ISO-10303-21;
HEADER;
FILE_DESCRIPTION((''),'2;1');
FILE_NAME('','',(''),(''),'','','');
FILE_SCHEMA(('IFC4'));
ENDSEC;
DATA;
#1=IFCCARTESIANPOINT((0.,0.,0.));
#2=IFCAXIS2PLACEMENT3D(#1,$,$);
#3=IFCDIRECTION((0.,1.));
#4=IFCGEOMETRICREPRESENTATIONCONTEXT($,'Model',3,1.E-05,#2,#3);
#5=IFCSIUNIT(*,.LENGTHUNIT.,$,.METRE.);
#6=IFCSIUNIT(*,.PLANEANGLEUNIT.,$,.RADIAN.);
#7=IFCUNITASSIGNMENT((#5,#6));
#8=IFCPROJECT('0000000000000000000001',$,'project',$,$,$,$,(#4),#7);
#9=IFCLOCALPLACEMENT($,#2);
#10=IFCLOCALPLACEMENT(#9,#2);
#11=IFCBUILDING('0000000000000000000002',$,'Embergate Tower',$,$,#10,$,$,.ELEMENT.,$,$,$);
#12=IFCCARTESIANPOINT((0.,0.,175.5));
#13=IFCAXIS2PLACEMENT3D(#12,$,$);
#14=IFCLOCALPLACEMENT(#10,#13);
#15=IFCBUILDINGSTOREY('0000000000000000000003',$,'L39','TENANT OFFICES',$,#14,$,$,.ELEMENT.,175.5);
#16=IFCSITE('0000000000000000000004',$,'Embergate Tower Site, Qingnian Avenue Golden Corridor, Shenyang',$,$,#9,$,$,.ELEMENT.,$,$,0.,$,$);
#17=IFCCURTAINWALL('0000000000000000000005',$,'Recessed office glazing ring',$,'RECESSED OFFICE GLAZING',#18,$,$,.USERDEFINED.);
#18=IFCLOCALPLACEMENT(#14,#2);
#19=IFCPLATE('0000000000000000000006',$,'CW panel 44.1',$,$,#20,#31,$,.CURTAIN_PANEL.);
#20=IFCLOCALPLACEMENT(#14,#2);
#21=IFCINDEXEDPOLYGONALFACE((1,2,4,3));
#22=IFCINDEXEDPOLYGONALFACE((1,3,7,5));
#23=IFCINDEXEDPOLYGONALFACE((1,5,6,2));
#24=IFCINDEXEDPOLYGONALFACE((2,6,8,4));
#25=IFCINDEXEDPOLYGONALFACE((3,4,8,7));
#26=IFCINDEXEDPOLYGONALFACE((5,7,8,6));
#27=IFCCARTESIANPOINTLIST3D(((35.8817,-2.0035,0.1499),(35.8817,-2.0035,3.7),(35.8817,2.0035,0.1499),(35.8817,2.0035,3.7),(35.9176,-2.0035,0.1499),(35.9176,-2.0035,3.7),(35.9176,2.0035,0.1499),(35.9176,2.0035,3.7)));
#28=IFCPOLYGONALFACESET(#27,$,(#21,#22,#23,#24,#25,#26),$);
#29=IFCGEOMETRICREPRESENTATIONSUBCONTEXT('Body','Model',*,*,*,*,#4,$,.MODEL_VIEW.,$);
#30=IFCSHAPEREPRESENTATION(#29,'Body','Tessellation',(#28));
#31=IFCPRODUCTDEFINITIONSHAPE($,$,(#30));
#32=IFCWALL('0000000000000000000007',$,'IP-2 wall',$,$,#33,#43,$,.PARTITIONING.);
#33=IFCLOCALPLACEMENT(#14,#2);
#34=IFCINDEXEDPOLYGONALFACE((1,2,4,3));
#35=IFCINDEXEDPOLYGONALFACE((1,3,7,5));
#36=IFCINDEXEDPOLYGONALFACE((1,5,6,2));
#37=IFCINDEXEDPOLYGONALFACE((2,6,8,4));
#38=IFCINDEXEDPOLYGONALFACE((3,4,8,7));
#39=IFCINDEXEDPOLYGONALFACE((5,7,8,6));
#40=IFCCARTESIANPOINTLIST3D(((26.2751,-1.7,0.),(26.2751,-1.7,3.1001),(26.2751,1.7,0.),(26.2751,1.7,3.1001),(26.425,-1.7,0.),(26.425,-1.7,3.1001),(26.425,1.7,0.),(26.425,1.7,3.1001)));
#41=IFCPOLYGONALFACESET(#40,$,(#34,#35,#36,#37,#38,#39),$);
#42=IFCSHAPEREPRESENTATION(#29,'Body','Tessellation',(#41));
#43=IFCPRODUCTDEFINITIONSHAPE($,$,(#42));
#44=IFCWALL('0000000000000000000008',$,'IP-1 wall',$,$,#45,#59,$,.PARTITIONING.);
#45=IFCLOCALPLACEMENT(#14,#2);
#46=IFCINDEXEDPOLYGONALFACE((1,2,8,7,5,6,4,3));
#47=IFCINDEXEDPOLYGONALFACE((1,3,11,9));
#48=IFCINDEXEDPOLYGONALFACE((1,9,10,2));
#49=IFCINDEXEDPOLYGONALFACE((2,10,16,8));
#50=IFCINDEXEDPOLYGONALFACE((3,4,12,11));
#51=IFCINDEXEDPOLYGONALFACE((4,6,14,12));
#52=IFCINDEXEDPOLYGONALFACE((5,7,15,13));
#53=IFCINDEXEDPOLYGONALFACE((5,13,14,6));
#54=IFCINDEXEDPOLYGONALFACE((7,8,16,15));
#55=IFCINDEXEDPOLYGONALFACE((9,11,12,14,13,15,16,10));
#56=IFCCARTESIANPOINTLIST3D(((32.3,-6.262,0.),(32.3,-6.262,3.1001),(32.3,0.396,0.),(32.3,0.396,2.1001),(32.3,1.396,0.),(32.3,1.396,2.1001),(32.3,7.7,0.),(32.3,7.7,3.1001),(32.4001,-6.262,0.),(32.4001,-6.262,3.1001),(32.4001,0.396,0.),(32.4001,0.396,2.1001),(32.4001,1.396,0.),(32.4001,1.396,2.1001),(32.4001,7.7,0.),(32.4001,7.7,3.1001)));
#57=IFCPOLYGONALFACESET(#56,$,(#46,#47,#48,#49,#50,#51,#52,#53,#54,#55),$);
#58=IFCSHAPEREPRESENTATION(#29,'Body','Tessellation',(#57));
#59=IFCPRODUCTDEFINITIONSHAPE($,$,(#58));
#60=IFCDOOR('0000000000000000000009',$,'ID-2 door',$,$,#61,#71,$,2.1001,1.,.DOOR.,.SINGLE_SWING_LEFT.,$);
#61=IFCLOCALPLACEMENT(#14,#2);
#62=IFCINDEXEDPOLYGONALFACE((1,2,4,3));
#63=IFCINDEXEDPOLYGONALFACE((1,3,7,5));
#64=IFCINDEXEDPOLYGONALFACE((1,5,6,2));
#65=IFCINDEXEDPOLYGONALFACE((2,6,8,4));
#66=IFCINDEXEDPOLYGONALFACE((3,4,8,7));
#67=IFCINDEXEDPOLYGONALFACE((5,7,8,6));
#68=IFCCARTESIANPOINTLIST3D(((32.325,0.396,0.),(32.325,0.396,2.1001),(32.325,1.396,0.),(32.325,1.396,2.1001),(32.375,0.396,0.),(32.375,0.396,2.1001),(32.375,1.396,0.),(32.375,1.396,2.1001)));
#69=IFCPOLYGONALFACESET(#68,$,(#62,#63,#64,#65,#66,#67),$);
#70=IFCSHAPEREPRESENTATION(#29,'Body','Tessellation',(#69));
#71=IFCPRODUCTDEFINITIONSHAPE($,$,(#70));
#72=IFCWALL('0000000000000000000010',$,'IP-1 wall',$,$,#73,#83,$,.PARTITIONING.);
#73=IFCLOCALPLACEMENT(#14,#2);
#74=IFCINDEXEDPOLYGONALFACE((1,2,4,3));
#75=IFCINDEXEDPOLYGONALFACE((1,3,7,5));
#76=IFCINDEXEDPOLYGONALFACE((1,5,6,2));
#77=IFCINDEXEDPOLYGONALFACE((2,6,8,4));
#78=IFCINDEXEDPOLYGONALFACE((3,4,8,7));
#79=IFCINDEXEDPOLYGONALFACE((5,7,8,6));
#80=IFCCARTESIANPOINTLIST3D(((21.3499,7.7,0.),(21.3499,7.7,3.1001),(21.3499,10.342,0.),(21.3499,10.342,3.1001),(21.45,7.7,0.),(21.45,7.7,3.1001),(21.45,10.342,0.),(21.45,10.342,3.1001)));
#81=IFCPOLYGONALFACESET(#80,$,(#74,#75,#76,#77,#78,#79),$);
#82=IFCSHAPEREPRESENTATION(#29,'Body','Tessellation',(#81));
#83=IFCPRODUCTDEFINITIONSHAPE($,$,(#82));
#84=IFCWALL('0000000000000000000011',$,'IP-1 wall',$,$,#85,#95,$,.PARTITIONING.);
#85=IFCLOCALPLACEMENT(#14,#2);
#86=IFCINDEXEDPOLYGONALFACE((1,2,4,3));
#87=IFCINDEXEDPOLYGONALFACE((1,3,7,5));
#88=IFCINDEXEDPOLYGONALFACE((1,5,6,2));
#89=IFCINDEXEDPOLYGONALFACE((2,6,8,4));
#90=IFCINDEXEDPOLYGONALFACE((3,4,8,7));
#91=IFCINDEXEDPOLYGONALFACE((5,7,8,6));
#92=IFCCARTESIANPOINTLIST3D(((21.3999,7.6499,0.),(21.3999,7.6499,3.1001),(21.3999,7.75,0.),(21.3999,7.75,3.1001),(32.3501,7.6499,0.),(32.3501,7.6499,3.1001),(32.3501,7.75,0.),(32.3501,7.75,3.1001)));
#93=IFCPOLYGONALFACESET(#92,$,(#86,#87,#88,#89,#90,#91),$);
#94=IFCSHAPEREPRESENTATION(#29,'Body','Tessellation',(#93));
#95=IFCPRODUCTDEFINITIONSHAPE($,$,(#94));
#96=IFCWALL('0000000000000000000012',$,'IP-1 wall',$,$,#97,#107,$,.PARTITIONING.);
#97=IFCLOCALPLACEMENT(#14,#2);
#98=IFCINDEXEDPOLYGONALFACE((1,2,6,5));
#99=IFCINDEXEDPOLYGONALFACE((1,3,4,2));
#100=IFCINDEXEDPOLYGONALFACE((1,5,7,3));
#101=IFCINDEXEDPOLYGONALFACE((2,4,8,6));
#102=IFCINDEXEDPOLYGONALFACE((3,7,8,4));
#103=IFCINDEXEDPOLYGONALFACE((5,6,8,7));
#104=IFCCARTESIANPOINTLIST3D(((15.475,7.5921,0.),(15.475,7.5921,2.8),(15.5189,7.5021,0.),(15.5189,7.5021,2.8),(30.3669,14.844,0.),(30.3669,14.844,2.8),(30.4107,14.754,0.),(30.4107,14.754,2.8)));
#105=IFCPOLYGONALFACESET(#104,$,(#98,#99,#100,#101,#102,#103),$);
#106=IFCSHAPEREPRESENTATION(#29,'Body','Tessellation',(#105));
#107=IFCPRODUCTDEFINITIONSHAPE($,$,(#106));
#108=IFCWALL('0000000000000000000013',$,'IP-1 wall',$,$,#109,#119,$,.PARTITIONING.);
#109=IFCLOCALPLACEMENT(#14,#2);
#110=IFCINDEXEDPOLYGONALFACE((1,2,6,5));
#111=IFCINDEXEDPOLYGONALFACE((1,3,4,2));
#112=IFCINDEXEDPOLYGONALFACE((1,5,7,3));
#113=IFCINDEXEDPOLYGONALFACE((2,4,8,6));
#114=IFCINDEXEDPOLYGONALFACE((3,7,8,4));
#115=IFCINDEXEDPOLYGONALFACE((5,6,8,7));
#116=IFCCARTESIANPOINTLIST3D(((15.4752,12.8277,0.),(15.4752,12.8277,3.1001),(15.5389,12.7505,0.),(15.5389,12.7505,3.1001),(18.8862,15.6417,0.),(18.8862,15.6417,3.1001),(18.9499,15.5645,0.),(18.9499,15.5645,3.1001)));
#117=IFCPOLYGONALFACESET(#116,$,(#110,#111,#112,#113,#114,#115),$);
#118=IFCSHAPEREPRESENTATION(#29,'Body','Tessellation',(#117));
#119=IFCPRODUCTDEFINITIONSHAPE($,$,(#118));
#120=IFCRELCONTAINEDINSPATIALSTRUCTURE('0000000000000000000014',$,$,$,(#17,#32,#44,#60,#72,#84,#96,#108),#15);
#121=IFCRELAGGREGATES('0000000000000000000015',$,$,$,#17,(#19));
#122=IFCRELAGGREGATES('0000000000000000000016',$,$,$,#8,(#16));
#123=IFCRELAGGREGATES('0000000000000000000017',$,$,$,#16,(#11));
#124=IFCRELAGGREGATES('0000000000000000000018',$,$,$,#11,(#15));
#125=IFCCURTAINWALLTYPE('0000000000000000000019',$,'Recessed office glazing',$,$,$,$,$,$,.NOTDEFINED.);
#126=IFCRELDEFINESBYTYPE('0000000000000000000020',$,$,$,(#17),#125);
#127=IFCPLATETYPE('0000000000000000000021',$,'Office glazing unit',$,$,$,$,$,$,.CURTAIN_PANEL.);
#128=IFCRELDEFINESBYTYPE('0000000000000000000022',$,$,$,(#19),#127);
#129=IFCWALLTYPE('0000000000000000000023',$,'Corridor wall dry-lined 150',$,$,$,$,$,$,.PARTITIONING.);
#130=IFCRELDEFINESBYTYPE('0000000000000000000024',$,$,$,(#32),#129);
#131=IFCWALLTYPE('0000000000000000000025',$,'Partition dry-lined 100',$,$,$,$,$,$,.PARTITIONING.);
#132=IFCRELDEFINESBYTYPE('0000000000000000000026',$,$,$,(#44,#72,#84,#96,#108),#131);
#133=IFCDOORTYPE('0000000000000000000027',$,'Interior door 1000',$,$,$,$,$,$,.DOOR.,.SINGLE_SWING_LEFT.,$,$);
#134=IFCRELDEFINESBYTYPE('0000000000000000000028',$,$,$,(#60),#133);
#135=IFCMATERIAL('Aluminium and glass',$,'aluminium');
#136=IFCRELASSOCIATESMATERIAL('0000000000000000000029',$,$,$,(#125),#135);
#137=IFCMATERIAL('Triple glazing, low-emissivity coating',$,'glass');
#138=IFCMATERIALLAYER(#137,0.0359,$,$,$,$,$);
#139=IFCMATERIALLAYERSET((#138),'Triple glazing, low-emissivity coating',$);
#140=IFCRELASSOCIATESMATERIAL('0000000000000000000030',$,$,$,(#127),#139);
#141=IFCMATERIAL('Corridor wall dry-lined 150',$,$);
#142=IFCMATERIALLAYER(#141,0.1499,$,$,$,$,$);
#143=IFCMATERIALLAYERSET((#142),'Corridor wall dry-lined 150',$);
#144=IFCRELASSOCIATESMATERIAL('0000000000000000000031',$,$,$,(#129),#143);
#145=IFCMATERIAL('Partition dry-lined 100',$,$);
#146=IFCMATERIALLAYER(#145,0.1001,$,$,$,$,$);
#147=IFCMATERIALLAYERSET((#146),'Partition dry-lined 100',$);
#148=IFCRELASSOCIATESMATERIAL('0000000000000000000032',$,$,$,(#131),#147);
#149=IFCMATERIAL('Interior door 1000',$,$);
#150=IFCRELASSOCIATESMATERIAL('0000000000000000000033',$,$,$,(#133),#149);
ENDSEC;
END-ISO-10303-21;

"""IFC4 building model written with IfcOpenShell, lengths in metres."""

from ifc_helpers import new_model, si_unit, direction, frame, frame_2d, origin, origin_2d, place, context, subcontext, project, spatial, rectangle, extrude, source, transform, mapped, material, layer, layer_set, type_object, element, fill, aggregate, save


model = new_model("IFC4")

# Units and contexts
model_context = context("Model", 3, precision=1e-05, world=origin(), true_north=direction((0.0, 1.0)))
body_context = subcontext(model_context, "Body", "Model", "MODEL_VIEW")
ifc_project = project(units=[si_unit("LENGTHUNIT", "METRE"), si_unit("PLANEANGLEUNIT", "RADIAN")], contexts=[model_context])

# Site, building, storey
site_placement = place(None, origin())
site = spatial("IfcSite", under=ifc_project, at=site_placement, Name="Embergate Tower Site, Qingnian Avenue Golden Corridor, Shenyang", CompositionType="ELEMENT", RefElevation=0.0)
building_placement = place(site_placement, origin())
building = spatial("IfcBuilding", under=site, at=building_placement, Name="Embergate Tower", CompositionType="ELEMENT")
storey_placement = place(building_placement, frame((0.0, 0.0, 175.5)))
storey = spatial("IfcBuildingStorey", under=building, at=storey_placement, Name="L39", Description="TENANT OFFICES", CompositionType="ELEMENT", Elevation=175.5)

# Curtain wall, plate
ifc_material_1 = material(Name="Aluminium and glass", Category="aluminium")
curtain_wall_type = type_object("IfcCurtainWallType", Name="Recessed office glazing", PredefinedType="NOTDEFINED", material=ifc_material_1)
curtain_wall_placement = place(storey_placement, origin())
curtain_wall = element("IfcCurtainWall", 1, at=curtain_wall_placement, inside=storey, type_object=curtain_wall_type, Name="Recessed office glazing ring", ObjectType="RECESSED OFFICE GLAZING", PredefinedType="USERDEFINED")
ifc_material_2 = material(Name="Triple glazing, low-emissivity coating", Category="glass")
ifc_layer_1 = layer(ifc_material_2, 0.0359)
ifc_layer_set_1 = layer_set([ifc_layer_1], Name="Triple glazing, low-emissivity coating")
plate_type = type_object("IfcPlateType", Name="Office glazing unit", PredefinedType="CURTAIN_PANEL", material=ifc_layer_set_1)
shared_shape_1 = source(origin(), body_context, "Body", "SweptSolid", [
    extrude(rectangle(XDim=4.0071, YDim=0.0359, at=origin_2d()), origin(), (0.0, 0.0, 1.0), 3.55),
])
plate_1_placement = place(storey_placement, frame((35.8997, 0.0, 0.1499), z_axis=(0.0, 0.0, 1.0), x_axis=(0.0, 1.0, 0.0)))
plate_1 = element("IfcPlate", 2, at=plate_1_placement, type_object=plate_type, Name="CW panel 44.1", PredefinedType="CURTAIN_PANEL", context=body_context, shape_type="MappedRepresentation", body=[
    mapped(shared_shape_1, transform((0.0, 0.0, 0.0))),
])
aggregate(curtain_wall, [plate_1])

# Wall
ifc_material_3 = material(Name="Corridor wall dry-lined 150")
ifc_layer_2 = layer(ifc_material_3, 0.1499)
ifc_layer_set_2 = layer_set([ifc_layer_2], Name="Corridor wall dry-lined 150")
wall_type_1 = type_object("IfcWallType", Name="Corridor wall dry-lined 150", PredefinedType="PARTITIONING", material=ifc_layer_set_2)
shared_shape_2 = source(origin(), body_context, "Body", "SweptSolid", [
    extrude(rectangle(XDim=3.3999, YDim=0.1499, at=frame_2d((1.7, 0.0))), origin(), (0.0, 0.0, 1.0), 3.1001),
])
wall_1_placement = place(storey_placement, frame((26.3501, 1.7, 0.0), z_axis=(0.0, 0.0, 1.0), x_axis=(0.0, -1.0, 0.0)))
element("IfcWall", 3, at=wall_1_placement, inside=storey, type_object=wall_type_1, Name="IP-2 wall", PredefinedType="PARTITIONING", context=body_context, shape_type="MappedRepresentation", body=[
    mapped(shared_shape_2, transform((0.0, 0.0, 0.0))),
])

# Wall, opening, door
ifc_material_4 = material(Name="Partition dry-lined 100")
ifc_layer_3 = layer(ifc_material_4, 0.1001)
ifc_layer_set_3 = layer_set([ifc_layer_3], Name="Partition dry-lined 100")
wall_type_2 = type_object("IfcWallType", Name="Partition dry-lined 100", PredefinedType="PARTITIONING", material=ifc_layer_set_3)
shared_shape_3 = source(origin(), body_context, "Body", "SweptSolid", [
    extrude(rectangle(XDim=13.9619, YDim=0.1001, at=frame_2d((6.981, 0.0))), origin(), (0.0, 0.0, 1.0), 3.1001),
])
wall_2_placement = place(storey_placement, frame((32.3501, 7.7, 0.0), z_axis=(0.0, 0.0, 1.0), x_axis=(0.0, -1.0, 0.0)))
wall_2 = element("IfcWall", 4, at=wall_2_placement, inside=storey, type_object=wall_type_2, Name="IP-1 wall", PredefinedType="PARTITIONING", context=body_context, shape_type="MappedRepresentation", body=[
    mapped(shared_shape_3, transform((0.0, 0.0, 0.0))),
])
shared_shape_4 = source(origin(), body_context, "Body", "SweptSolid", [
    extrude(rectangle(XDim=1.0, YDim=2.1001, at=frame_2d((0.5, 1.05))), frame((0.0, 0.0601, 0.0), z_axis=(0.0, -1.0, 0.0), x_axis=(1.0, 0.0, 0.0)), (0.0, 0.0, 1.0), 0.1201),
])
opening_placement = place(wall_2_placement, frame((6.304, 0.0, 0.0)))
opening = element("IfcOpeningElement", 5, at=opening_placement, cuts=wall_2, PredefinedType="OPENING", context=body_context, shape_type="MappedRepresentation", body=[
    mapped(shared_shape_4, transform((0.0, 0.0, 0.0))),
])
ifc_material_5 = material(Name="Interior door 1000")
door_type = type_object("IfcDoorType", Name="Interior door 1000", OperationType="SINGLE_SWING_LEFT", PredefinedType="DOOR", material=ifc_material_5)
shared_shape_5 = source(origin(), body_context, "Body", "SweptSolid", [
    extrude(rectangle(XDim=1.0, YDim=2.1001, at=frame_2d((0.5, 1.05))), frame((0.0, 0.0249, 0.0), z_axis=(0.0, -1.0, 0.0), x_axis=(1.0, 0.0, 0.0)), (0.0, 0.0, 1.0), 0.05),
])
door_placement = place(opening_placement, origin())
door = element("IfcDoor", 6, at=door_placement, inside=storey, type_object=door_type, Name="ID-2 door", OperationType="SINGLE_SWING_LEFT", OverallHeight=2.1001, OverallWidth=1.0, PredefinedType="DOOR", context=body_context, shape_type="MappedRepresentation", body=[
    mapped(shared_shape_5, transform((0.0, 0.0, 0.0))),
])
fill(opening, door)

# Walls
shared_shape_6 = source(origin(), body_context, "Body", "SweptSolid", [
    extrude(rectangle(XDim=2.6421, YDim=0.1001, at=frame_2d((1.321, 0.0))), origin(), (0.0, 0.0, 1.0), 3.1001),
])
wall_3_placement = place(storey_placement, frame((21.3999, 10.342, 0.0), z_axis=(0.0, 0.0, 1.0), x_axis=(0.0, -1.0, 0.0)))
element("IfcWall", 7, at=wall_3_placement, inside=storey, type_object=wall_type_2, Name="IP-1 wall", PredefinedType="PARTITIONING", context=body_context, shape_type="MappedRepresentation", body=[
    mapped(shared_shape_6, transform((0.0, 0.0, 0.0))),
])
shared_shape_7 = source(origin(), body_context, "Body", "SweptSolid", [
    extrude(rectangle(XDim=10.9502, YDim=0.1001, at=frame_2d((5.4751, 0.0))), origin(), (0.0, 0.0, 1.0), 3.1001),
])
wall_4_placement = place(storey_placement, frame((21.3999, 7.7, 0.0), z_axis=(0.0, 0.0, 1.0), x_axis=(1.0, 0.0, 0.0)))
element("IfcWall", 8, at=wall_4_placement, inside=storey, type_object=wall_type_2, Name="IP-1 wall", PredefinedType="PARTITIONING", context=body_context, shape_type="MappedRepresentation", body=[
    mapped(shared_shape_7, transform((0.0, 0.0, 0.0))),
])
shared_shape_8 = source(origin(), body_context, "Body", "SweptSolid", [
    extrude(rectangle(XDim=16.5637, YDim=0.1001, at=frame_2d((8.2817, 0.0))), origin(), (0.0, 0.0, 1.0), 2.8),
])
wall_5_placement = place(storey_placement, frame((15.4971, 7.5471, 0.0), z_axis=(0.0, 0.0, 1.0), x_axis=(0.899062, 0.437821, 0.0)))
element("IfcWall", 9, at=wall_5_placement, inside=storey, type_object=wall_type_2, Name="IP-1 wall", PredefinedType="PARTITIONING", context=body_context, shape_type="MappedRepresentation", body=[
    mapped(shared_shape_8, transform((0.0, 0.0, 0.0))),
])
shared_shape_9 = source(origin(), body_context, "Body", "SweptSolid", [
    extrude(rectangle(XDim=4.4219, YDim=0.1001, at=frame_2d((2.2109, 0.0))), origin(), (0.0, 0.0, 1.0), 3.1001),
])
wall_6_placement = place(storey_placement, frame((15.5071, 12.7891, 0.0), z_axis=(0.0, 0.0, 1.0), x_axis=(0.771375, 0.63638, 0.0)))
element("IfcWall", 10, at=wall_6_placement, inside=storey, type_object=wall_type_2, Name="IP-1 wall", PredefinedType="PARTITIONING", context=body_context, shape_type="MappedRepresentation", body=[
    mapped(shared_shape_9, transform((0.0, 0.0, 0.0))),
])

save(model, "model.ifc")
